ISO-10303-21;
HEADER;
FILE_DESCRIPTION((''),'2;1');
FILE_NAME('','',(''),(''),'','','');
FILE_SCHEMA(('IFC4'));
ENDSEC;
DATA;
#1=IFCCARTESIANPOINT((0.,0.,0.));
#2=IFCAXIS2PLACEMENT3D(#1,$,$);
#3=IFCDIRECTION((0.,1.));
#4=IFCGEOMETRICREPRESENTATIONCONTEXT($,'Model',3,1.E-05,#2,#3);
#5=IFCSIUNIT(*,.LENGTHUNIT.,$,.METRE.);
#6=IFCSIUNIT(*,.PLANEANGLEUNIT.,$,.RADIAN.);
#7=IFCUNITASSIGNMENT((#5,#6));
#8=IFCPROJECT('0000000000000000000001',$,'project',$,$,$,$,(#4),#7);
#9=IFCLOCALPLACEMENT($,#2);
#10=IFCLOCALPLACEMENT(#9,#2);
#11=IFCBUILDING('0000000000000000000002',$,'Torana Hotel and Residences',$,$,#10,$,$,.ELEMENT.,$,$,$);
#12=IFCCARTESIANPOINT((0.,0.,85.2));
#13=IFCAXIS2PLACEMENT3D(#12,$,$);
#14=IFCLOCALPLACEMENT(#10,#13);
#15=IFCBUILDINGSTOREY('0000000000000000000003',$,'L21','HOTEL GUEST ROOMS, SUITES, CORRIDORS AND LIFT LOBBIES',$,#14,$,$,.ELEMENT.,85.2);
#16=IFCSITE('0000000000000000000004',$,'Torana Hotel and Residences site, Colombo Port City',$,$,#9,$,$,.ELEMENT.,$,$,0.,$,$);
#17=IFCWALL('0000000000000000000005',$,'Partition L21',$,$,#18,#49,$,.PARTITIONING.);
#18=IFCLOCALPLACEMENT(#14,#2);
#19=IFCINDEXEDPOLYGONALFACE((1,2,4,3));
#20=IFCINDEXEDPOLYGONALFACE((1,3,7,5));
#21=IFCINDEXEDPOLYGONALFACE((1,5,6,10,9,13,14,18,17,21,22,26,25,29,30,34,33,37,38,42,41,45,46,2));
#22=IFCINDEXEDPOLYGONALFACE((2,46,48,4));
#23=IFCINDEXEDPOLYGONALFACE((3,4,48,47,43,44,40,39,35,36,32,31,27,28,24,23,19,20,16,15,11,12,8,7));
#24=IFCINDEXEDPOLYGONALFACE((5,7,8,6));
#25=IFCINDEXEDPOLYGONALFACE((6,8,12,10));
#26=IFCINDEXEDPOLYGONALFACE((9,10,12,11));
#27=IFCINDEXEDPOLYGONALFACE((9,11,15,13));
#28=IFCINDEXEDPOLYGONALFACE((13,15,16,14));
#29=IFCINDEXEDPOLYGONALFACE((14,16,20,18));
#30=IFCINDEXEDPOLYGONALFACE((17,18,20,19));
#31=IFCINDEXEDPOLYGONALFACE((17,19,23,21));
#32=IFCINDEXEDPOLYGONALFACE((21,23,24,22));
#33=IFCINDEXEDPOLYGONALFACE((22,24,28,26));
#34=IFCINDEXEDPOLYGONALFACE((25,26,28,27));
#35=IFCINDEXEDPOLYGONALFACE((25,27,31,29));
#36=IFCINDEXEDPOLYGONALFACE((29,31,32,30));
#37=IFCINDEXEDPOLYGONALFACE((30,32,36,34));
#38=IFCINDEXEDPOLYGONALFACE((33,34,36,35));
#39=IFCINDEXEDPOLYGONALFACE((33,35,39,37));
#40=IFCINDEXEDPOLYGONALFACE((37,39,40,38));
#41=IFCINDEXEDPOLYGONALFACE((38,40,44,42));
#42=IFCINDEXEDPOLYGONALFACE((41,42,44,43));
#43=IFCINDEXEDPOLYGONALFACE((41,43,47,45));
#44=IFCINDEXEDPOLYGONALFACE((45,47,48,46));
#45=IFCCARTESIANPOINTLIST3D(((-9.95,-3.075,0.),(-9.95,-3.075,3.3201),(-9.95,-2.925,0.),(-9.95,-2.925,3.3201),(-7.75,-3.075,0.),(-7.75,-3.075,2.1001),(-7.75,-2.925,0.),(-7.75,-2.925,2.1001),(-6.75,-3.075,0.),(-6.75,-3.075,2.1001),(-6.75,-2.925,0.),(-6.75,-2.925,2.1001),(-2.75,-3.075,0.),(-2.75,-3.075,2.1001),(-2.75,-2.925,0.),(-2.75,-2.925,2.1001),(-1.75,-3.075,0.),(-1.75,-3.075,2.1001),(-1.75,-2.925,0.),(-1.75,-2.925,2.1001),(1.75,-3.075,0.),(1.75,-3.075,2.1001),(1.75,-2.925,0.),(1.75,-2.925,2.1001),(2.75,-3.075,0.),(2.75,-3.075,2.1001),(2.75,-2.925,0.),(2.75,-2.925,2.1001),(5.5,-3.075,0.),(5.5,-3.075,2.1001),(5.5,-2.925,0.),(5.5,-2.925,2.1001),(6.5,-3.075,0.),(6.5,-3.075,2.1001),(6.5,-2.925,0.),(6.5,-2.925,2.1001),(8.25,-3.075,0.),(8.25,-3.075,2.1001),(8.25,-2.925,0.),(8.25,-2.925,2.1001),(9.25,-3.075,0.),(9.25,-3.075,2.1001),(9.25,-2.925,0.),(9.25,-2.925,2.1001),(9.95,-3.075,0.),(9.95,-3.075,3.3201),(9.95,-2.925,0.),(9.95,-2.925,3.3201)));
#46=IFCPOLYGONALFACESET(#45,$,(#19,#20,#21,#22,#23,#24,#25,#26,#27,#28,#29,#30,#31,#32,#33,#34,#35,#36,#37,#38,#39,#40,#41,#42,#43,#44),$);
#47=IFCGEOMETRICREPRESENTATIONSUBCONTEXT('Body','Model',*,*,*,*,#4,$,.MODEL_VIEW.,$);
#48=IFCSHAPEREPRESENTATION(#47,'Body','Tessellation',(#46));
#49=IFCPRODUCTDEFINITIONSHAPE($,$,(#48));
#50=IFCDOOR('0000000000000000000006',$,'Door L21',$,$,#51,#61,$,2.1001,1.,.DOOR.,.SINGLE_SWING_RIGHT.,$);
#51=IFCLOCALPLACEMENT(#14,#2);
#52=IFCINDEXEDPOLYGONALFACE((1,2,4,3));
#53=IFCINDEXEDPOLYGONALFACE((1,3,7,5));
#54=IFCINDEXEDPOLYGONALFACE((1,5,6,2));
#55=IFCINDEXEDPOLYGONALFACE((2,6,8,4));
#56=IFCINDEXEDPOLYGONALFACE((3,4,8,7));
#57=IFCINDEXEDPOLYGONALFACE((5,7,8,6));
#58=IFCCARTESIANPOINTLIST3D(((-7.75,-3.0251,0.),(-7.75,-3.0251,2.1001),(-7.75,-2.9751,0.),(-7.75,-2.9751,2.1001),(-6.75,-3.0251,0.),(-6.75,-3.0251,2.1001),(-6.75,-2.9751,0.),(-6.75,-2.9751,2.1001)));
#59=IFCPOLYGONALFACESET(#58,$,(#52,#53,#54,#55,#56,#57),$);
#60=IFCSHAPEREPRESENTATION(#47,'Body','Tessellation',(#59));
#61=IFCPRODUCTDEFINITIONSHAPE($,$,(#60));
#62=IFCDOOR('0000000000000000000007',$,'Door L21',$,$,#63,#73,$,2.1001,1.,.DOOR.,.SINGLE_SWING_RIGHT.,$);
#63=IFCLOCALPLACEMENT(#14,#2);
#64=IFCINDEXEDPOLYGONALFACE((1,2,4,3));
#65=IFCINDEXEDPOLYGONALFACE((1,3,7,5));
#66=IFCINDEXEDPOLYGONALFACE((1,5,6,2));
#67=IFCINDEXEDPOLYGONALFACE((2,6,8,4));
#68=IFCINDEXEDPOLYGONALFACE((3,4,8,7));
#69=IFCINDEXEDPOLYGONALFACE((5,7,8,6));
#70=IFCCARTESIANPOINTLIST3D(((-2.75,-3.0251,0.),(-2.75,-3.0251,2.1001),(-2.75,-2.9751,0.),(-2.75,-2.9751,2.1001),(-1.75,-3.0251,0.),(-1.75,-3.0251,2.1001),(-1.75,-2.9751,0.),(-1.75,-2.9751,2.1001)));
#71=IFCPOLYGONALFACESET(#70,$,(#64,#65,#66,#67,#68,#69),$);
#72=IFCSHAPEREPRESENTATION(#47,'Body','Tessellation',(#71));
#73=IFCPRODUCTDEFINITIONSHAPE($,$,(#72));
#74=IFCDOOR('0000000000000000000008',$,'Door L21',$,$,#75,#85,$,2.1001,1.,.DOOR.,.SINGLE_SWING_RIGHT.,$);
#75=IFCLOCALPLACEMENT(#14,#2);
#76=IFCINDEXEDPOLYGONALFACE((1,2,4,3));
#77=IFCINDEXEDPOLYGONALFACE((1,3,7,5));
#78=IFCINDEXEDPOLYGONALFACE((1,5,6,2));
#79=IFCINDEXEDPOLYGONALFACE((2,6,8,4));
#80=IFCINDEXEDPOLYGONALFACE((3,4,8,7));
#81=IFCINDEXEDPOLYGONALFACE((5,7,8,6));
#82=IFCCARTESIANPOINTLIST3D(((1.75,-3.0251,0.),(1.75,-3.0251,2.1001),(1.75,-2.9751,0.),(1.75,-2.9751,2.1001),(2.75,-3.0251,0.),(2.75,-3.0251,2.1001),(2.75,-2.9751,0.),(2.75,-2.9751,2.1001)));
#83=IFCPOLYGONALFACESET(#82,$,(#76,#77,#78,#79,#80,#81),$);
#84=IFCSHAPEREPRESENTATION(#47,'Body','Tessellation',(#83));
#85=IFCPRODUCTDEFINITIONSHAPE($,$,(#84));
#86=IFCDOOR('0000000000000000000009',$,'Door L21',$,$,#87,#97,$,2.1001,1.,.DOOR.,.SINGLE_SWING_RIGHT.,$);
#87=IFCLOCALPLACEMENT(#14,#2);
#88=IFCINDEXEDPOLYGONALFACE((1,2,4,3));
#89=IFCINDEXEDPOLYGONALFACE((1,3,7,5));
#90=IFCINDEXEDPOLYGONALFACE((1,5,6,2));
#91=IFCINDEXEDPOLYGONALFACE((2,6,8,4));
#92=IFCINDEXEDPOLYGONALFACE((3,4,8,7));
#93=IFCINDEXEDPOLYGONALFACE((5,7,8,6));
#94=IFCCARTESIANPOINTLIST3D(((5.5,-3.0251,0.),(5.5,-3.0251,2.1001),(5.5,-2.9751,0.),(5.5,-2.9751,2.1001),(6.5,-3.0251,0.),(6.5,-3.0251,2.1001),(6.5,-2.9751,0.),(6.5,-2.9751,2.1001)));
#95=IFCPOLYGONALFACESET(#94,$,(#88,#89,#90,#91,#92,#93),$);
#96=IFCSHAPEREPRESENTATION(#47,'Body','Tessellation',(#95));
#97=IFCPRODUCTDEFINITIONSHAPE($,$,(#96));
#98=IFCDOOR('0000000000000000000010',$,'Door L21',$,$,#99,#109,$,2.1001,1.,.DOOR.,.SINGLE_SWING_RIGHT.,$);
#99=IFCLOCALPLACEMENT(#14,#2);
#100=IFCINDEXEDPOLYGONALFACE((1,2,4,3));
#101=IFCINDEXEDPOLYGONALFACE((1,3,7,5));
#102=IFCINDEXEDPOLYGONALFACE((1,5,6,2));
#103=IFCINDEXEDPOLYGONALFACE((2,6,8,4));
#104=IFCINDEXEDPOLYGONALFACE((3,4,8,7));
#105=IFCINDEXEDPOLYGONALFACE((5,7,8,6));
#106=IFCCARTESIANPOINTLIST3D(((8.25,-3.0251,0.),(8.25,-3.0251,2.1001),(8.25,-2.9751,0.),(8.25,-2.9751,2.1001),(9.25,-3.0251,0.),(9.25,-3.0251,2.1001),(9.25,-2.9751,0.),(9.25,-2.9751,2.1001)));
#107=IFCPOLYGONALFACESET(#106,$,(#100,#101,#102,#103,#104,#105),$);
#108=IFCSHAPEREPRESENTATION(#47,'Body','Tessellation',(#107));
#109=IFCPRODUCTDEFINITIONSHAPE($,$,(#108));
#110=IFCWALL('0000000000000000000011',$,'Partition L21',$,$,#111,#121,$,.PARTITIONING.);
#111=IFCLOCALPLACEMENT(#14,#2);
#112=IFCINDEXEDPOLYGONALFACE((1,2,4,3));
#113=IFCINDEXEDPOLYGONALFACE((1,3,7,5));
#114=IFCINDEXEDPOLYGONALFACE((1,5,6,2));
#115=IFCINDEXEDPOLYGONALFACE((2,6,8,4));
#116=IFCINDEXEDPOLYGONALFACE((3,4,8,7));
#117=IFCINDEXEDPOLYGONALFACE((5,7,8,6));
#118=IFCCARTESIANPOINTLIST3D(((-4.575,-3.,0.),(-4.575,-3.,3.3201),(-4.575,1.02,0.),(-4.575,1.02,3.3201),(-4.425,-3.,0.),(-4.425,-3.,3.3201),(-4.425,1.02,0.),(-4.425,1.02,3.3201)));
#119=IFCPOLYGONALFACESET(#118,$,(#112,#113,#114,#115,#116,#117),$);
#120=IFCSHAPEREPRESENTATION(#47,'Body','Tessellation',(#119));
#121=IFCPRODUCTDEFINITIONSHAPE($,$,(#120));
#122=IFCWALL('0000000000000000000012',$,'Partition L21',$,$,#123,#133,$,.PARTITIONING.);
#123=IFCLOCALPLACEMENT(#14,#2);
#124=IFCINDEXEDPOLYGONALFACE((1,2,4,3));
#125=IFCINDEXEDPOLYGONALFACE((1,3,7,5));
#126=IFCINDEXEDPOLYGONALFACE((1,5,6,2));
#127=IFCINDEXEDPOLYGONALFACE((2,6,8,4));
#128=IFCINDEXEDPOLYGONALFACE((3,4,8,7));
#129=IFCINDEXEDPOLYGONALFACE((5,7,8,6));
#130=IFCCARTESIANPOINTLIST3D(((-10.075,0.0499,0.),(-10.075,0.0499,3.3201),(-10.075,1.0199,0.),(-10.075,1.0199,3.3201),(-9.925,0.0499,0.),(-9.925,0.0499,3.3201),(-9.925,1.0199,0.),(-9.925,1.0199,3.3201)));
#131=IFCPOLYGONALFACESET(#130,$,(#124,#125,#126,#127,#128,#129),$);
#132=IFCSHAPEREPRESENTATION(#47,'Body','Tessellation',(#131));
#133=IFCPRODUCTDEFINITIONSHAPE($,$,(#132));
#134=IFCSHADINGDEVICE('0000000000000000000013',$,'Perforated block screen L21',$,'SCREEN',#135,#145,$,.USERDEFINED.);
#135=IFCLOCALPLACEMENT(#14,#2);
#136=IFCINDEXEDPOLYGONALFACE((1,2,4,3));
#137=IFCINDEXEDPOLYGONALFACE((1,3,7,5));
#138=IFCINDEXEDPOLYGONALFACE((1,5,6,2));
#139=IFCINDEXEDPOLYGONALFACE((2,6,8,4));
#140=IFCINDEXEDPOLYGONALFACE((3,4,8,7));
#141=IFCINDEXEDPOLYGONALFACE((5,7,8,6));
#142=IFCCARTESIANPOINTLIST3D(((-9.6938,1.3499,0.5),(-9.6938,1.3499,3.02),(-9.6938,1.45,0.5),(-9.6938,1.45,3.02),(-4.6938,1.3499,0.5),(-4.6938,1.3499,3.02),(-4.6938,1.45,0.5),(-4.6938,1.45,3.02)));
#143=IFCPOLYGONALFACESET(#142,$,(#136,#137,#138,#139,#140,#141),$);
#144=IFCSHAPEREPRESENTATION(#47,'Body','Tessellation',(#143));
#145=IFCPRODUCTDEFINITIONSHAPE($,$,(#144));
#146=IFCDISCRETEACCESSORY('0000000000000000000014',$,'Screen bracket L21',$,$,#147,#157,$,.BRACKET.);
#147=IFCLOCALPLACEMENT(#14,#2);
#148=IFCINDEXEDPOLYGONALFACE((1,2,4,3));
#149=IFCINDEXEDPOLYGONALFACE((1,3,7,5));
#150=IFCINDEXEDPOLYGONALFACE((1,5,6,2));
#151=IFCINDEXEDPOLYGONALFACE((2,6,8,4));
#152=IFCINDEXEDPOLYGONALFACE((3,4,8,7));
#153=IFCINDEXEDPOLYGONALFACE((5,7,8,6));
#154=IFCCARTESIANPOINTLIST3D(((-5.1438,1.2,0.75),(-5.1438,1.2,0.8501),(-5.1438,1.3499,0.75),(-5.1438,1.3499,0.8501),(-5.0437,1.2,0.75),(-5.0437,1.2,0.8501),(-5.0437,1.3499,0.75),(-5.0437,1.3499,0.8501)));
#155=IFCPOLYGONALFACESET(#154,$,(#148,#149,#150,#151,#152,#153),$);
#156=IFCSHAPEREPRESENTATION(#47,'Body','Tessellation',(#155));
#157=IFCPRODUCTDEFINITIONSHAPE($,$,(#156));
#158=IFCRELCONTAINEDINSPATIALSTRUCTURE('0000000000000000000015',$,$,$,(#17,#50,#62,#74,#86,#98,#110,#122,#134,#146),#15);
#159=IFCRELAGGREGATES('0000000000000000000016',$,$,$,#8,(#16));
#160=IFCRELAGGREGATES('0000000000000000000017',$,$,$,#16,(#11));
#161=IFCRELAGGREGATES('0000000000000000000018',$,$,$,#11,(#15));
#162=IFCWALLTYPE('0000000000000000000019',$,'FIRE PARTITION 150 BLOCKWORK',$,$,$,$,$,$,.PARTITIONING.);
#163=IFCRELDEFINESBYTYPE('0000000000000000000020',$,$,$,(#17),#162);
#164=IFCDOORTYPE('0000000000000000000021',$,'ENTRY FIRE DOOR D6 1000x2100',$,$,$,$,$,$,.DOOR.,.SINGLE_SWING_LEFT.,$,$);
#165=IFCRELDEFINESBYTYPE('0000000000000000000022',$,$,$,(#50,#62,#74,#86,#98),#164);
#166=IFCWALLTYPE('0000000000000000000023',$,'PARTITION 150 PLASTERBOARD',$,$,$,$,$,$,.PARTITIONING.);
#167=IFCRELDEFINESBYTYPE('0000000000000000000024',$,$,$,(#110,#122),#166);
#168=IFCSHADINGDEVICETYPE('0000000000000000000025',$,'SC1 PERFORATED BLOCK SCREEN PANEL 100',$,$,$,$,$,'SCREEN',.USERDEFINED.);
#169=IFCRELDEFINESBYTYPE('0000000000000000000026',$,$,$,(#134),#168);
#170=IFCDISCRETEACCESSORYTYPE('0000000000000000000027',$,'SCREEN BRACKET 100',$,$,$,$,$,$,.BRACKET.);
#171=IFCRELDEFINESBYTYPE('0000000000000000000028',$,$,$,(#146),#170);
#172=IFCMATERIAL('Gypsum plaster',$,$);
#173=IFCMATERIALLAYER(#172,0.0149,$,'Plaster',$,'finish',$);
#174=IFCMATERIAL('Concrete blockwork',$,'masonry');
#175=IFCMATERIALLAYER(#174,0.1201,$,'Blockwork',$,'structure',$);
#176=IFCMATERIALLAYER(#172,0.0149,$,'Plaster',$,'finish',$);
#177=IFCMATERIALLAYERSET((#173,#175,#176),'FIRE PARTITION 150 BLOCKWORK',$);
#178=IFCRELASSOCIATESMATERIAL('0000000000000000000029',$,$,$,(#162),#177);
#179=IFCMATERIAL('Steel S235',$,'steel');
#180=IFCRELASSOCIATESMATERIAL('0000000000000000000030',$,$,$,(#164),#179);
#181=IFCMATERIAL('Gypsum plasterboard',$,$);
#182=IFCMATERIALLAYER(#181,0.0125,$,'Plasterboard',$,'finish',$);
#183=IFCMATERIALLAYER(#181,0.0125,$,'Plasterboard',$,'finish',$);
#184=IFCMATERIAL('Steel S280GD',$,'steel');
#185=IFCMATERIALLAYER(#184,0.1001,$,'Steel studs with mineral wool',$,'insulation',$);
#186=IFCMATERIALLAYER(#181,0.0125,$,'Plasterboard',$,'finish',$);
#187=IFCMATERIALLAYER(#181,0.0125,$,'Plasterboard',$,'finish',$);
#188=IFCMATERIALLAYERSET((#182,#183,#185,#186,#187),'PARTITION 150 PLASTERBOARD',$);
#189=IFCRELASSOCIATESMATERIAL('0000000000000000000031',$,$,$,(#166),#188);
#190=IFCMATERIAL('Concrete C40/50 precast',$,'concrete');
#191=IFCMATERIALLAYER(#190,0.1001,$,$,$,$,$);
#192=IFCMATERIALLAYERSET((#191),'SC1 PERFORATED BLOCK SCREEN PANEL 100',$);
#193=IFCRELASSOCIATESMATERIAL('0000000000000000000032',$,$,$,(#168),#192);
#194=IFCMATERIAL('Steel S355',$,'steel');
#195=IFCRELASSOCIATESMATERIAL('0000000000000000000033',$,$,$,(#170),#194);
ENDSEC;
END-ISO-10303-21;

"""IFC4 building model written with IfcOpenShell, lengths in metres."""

from ifc_helpers import new_model, si_unit, direction, frame, frame_2d, origin, origin_2d, place, context, subcontext, project, spatial, rectangle, extrude, material, layer, layer_set, type_object, element, fill, save


model = new_model("IFC4")

# Units and contexts
model_context = context("Model", 3, precision=1e-05, world=origin(), true_north=direction((0.0, 1.0)))
body_context = subcontext(model_context, "Body", "Model", "MODEL_VIEW")
ifc_project = project(units=[si_unit("LENGTHUNIT", "METRE"), si_unit("PLANEANGLEUNIT", "RADIAN")], contexts=[model_context])

# Site, building, storey
site_placement = place(None, origin())
site = spatial("IfcSite", under=ifc_project, at=site_placement, Name="Torana Hotel and Residences site, Colombo Port City", CompositionType="ELEMENT", RefElevation=0.0)
building_placement = place(site_placement, origin())
building = spatial("IfcBuilding", under=site, at=building_placement, Name="Torana Hotel and Residences", CompositionType="ELEMENT")
storey_placement = place(building_placement, frame((0.0, 0.0, 85.2)))
storey = spatial("IfcBuildingStorey", under=building, at=storey_placement, Name="L21", Description="HOTEL GUEST ROOMS, SUITES, CORRIDORS AND LIFT LOBBIES", CompositionType="ELEMENT", Elevation=85.2)

# Shared definitions
ifc_material_1 = material(Name="Gypsum plaster")
ifc_layer_1 = layer(ifc_material_1, 0.0149, Name="Plaster", Category="finish")
ifc_material_2 = material(Name="Concrete blockwork", Category="masonry")
ifc_layer_2 = layer(ifc_material_2, 0.1201, Name="Blockwork", Category="structure")
ifc_layer_3 = layer(ifc_material_1, 0.0149, Name="Plaster", Category="finish")
ifc_layer_set_1 = layer_set([ifc_layer_1, ifc_layer_2, ifc_layer_3], Name="FIRE PARTITION 150 BLOCKWORK")
wall_type_1 = type_object("IfcWallType", Name="FIRE PARTITION 150 BLOCKWORK", PredefinedType="PARTITIONING", material=ifc_layer_set_1)

# Shared definitions
ifc_material_3 = material(Name="Steel S235", Category="steel")
door_type = type_object("IfcDoorType", Name="ENTRY FIRE DOOR D6 1000x2100", OperationType="SINGLE_SWING_LEFT", PredefinedType="DOOR", material=ifc_material_3)

# Wall, openings, doors
wall_1_placement = place(storey_placement, frame((-9.95, -3.0, 0.0), z_axis=(0.0, 0.0, 1.0), x_axis=(1.0, 0.0, 0.0)))
wall_1 = element("IfcWall", 1, at=wall_1_placement, inside=storey, type_object=wall_type_1, Name="Partition L21", PredefinedType="PARTITIONING", context=body_context, shape_type="SweptSolid", body=[
    extrude(rectangle(XDim=19.8999, YDim=0.1499, at=frame_2d((9.95, 0.0))), origin(), (0.0, 0.0, 1.0), 3.3201),
])
opening_1_placement = place(wall_1_placement, frame((2.2, 0.0, 0.0)))
opening_1 = element("IfcOpeningElement", 2, at=opening_1_placement, cuts=wall_1, PredefinedType="OPENING", context=body_context, shape_type="SweptSolid", body=[
    extrude(rectangle(XDim=1.0, YDim=2.1001, at=frame_2d((0.5, 1.05))), frame((0.0, 0.085, 0.0), z_axis=(0.0, -1.0, 0.0), x_axis=(1.0, 0.0, 0.0)), (0.0, 0.0, 1.0), 0.1699),
])
opening_2_placement = place(wall_1_placement, frame((7.2, 0.0, 0.0)))
opening_2 = element("IfcOpeningElement", 3, at=opening_2_placement, cuts=wall_1, PredefinedType="OPENING", context=body_context, shape_type="SweptSolid", body=[
    extrude(rectangle(XDim=1.0, YDim=2.1001, at=frame_2d((0.5, 1.05))), frame((0.0, 0.085, 0.0), z_axis=(0.0, -1.0, 0.0), x_axis=(1.0, 0.0, 0.0)), (0.0, 0.0, 1.0), 0.1699),
])
opening_3_placement = place(wall_1_placement, frame((11.7, 0.0, 0.0)))
opening_3 = element("IfcOpeningElement", 4, at=opening_3_placement, cuts=wall_1, PredefinedType="OPENING", context=body_context, shape_type="SweptSolid", body=[
    extrude(rectangle(XDim=1.0, YDim=2.1001, at=frame_2d((0.5, 1.05))), frame((0.0, 0.085, 0.0), z_axis=(0.0, -1.0, 0.0), x_axis=(1.0, 0.0, 0.0)), (0.0, 0.0, 1.0), 0.1699),
])
opening_4_placement = place(wall_1_placement, frame((15.45, 0.0, 0.0)))
opening_4 = element("IfcOpeningElement", 5, at=opening_4_placement, cuts=wall_1, PredefinedType="OPENING", context=body_context, shape_type="SweptSolid", body=[
    extrude(rectangle(XDim=1.0, YDim=2.1001, at=frame_2d((0.5, 1.05))), frame((0.0, 0.085, 0.0), z_axis=(0.0, -1.0, 0.0), x_axis=(1.0, 0.0, 0.0)), (0.0, 0.0, 1.0), 0.1699),
])
opening_5_placement = place(wall_1_placement, frame((18.2, 0.0, 0.0)))
opening_5 = element("IfcOpeningElement", 6, at=opening_5_placement, cuts=wall_1, PredefinedType="OPENING", context=body_context, shape_type="SweptSolid", body=[
    extrude(rectangle(XDim=1.0, YDim=2.1001, at=frame_2d((0.5, 1.05))), frame((0.0, 0.085, 0.0), z_axis=(0.0, -1.0, 0.0), x_axis=(1.0, 0.0, 0.0)), (0.0, 0.0, 1.0), 0.1699),
])
door_1_placement = place(opening_1_placement, origin())
door_1 = element("IfcDoor", 7, at=door_1_placement, inside=storey, type_object=door_type, Name="Door L21", OperationType="SINGLE_SWING_RIGHT", OverallHeight=2.1001, OverallWidth=1.0, PredefinedType="DOOR", context=body_context, shape_type="SweptSolid", body=[
    extrude(rectangle(XDim=1.0, YDim=2.1001, at=frame_2d((0.5, 1.05))), frame((0.0, 0.0249, 0.0), z_axis=(0.0, -1.0, 0.0), x_axis=(1.0, 0.0, 0.0)), (0.0, 0.0, 1.0), 0.05),
])
fill(opening_1, door_1)
door_2_placement = place(opening_2_placement, origin())
door_2 = element("IfcDoor", 8, at=door_2_placement, inside=storey, type_object=door_type, Name="Door L21", OperationType="SINGLE_SWING_RIGHT", OverallHeight=2.1001, OverallWidth=1.0, PredefinedType="DOOR", context=body_context, shape_type="SweptSolid", body=[
    extrude(rectangle(XDim=1.0, YDim=2.1001, at=frame_2d((0.5, 1.05))), frame((0.0, 0.0249, 0.0), z_axis=(0.0, -1.0, 0.0), x_axis=(1.0, 0.0, 0.0)), (0.0, 0.0, 1.0), 0.05),
])
fill(opening_2, door_2)
door_3_placement = place(opening_3_placement, origin())
door_3 = element("IfcDoor", 9, at=door_3_placement, inside=storey, type_object=door_type, Name="Door L21", OperationType="SINGLE_SWING_RIGHT", OverallHeight=2.1001, OverallWidth=1.0, PredefinedType="DOOR", context=body_context, shape_type="SweptSolid", body=[
    extrude(rectangle(XDim=1.0, YDim=2.1001, at=frame_2d((0.5, 1.05))), frame((0.0, 0.0249, 0.0), z_axis=(0.0, -1.0, 0.0), x_axis=(1.0, 0.0, 0.0)), (0.0, 0.0, 1.0), 0.05),
])
fill(opening_3, door_3)
door_4_placement = place(opening_4_placement, origin())
door_4 = element("IfcDoor", 10, at=door_4_placement, inside=storey, type_object=door_type, Name="Door L21", OperationType="SINGLE_SWING_RIGHT", OverallHeight=2.1001, OverallWidth=1.0, PredefinedType="DOOR", context=body_context, shape_type="SweptSolid", body=[
    extrude(rectangle(XDim=1.0, YDim=2.1001, at=frame_2d((0.5, 1.05))), frame((0.0, 0.0249, 0.0), z_axis=(0.0, -1.0, 0.0), x_axis=(1.0, 0.0, 0.0)), (0.0, 0.0, 1.0), 0.05),
])
fill(opening_4, door_4)
door_5_placement = place(opening_5_placement, origin())
door_5 = element("IfcDoor", 11, at=door_5_placement, inside=storey, type_object=door_type, Name="Door L21", OperationType="SINGLE_SWING_RIGHT", OverallHeight=2.1001, OverallWidth=1.0, PredefinedType="DOOR", context=body_context, shape_type="SweptSolid", body=[
    extrude(rectangle(XDim=1.0, YDim=2.1001, at=frame_2d((0.5, 1.05))), frame((0.0, 0.0249, 0.0), z_axis=(0.0, -1.0, 0.0), x_axis=(1.0, 0.0, 0.0)), (0.0, 0.0, 1.0), 0.05),
])
fill(opening_5, door_5)

# Walls
ifc_material_4 = material(Name="Gypsum plasterboard")
ifc_layer_4 = layer(ifc_material_4, 0.0125, Name="Plasterboard", Category="finish")
ifc_layer_5 = layer(ifc_material_4, 0.0125, Name="Plasterboard", Category="finish")
ifc_material_5 = material(Name="Steel S280GD", Category="steel")
ifc_layer_6 = layer(ifc_material_5, 0.1001, Name="Steel studs with mineral wool", Category="insulation")
ifc_layer_7 = layer(ifc_material_4, 0.0125, Name="Plasterboard", Category="finish")
ifc_layer_8 = layer(ifc_material_4, 0.0125, Name="Plasterboard", Category="finish")
ifc_layer_set_2 = layer_set([ifc_layer_4, ifc_layer_5, ifc_layer_6, ifc_layer_7, ifc_layer_8], Name="PARTITION 150 PLASTERBOARD")
wall_type_2 = type_object("IfcWallType", Name="PARTITION 150 PLASTERBOARD", PredefinedType="PARTITIONING", material=ifc_layer_set_2)
wall_2_placement = place(storey_placement, frame((-4.5, -3.0, 0.0), z_axis=(0.0, 0.0, 1.0), x_axis=(0.0, 1.0, 0.0)))
element("IfcWall", 12, at=wall_2_placement, inside=storey, type_object=wall_type_2, Name="Partition L21", PredefinedType="PARTITIONING", context=body_context, shape_type="SweptSolid", body=[
    extrude(rectangle(XDim=4.02, YDim=0.1499, at=frame_2d((2.01, 0.0))), origin(), (0.0, 0.0, 1.0), 3.3201),
])
wall_3_placement = place(storey_placement, frame((-10.0, 0.05, 0.0), z_axis=(0.0, 0.0, 1.0), x_axis=(0.0, 1.0, 0.0)))
element("IfcWall", 13, at=wall_3_placement, inside=storey, type_object=wall_type_2, Name="Partition L21", PredefinedType="PARTITIONING", context=body_context, shape_type="SweptSolid", body=[
    extrude(rectangle(XDim=0.97, YDim=0.1499, at=frame_2d((0.4849, 0.0))), origin(), (0.0, 0.0, 1.0), 3.3201),
])

# Shading device
ifc_material_6 = material(Name="Concrete C40/50 precast", Category="concrete")
ifc_layer_9 = layer(ifc_material_6, 0.1001)
ifc_layer_set_3 = layer_set([ifc_layer_9], Name="SC1 PERFORATED BLOCK SCREEN PANEL 100")
shading_device_type = type_object("IfcShadingDeviceType", Name="SC1 PERFORATED BLOCK SCREEN PANEL 100", ElementType="SCREEN", PredefinedType="USERDEFINED", material=ifc_layer_set_3)
shading_device_placement = place(storey_placement, frame((-7.1938, 1.3999, 0.5), z_axis=(0.0, 0.0, 1.0), x_axis=(-1.0, 0.0, 0.0)))
element("IfcShadingDevice", 14, at=shading_device_placement, inside=storey, type_object=shading_device_type, Name="Perforated block screen L21", ObjectType="SCREEN", PredefinedType="USERDEFINED", context=body_context, shape_type="SweptSolid", body=[
    extrude(rectangle(XDim=5.0, YDim=0.1001, at=origin_2d()), origin(), (0.0, 0.0, 1.0), 2.52),
])

# Discrete accessory
ifc_material_7 = material(Name="Steel S355", Category="steel")
discrete_accessory_type = type_object("IfcDiscreteAccessoryType", Name="SCREEN BRACKET 100", PredefinedType="BRACKET", material=ifc_material_7)
for number, where, z_axis, x_axis, name in (
    (15, (-5.0938, 1.2749, 0.75), (0.0, 0.0, 1.0), (-1.0, 0.0, 0.0), "Screen bracket L21"),
):
    element("IfcDiscreteAccessory", number, at=place(storey_placement, frame(where, z_axis=z_axis, x_axis=x_axis)), inside=storey, type_object=discrete_accessory_type, Name=name, PredefinedType="BRACKET", context=body_context, shape_type="SweptSolid", body=[
        extrude(rectangle(XDim=0.1001, YDim=0.1499, at=origin_2d()), origin(), (0.0, 0.0, 1.0), 0.1001),
    ])

save(model, "model.ifc")
